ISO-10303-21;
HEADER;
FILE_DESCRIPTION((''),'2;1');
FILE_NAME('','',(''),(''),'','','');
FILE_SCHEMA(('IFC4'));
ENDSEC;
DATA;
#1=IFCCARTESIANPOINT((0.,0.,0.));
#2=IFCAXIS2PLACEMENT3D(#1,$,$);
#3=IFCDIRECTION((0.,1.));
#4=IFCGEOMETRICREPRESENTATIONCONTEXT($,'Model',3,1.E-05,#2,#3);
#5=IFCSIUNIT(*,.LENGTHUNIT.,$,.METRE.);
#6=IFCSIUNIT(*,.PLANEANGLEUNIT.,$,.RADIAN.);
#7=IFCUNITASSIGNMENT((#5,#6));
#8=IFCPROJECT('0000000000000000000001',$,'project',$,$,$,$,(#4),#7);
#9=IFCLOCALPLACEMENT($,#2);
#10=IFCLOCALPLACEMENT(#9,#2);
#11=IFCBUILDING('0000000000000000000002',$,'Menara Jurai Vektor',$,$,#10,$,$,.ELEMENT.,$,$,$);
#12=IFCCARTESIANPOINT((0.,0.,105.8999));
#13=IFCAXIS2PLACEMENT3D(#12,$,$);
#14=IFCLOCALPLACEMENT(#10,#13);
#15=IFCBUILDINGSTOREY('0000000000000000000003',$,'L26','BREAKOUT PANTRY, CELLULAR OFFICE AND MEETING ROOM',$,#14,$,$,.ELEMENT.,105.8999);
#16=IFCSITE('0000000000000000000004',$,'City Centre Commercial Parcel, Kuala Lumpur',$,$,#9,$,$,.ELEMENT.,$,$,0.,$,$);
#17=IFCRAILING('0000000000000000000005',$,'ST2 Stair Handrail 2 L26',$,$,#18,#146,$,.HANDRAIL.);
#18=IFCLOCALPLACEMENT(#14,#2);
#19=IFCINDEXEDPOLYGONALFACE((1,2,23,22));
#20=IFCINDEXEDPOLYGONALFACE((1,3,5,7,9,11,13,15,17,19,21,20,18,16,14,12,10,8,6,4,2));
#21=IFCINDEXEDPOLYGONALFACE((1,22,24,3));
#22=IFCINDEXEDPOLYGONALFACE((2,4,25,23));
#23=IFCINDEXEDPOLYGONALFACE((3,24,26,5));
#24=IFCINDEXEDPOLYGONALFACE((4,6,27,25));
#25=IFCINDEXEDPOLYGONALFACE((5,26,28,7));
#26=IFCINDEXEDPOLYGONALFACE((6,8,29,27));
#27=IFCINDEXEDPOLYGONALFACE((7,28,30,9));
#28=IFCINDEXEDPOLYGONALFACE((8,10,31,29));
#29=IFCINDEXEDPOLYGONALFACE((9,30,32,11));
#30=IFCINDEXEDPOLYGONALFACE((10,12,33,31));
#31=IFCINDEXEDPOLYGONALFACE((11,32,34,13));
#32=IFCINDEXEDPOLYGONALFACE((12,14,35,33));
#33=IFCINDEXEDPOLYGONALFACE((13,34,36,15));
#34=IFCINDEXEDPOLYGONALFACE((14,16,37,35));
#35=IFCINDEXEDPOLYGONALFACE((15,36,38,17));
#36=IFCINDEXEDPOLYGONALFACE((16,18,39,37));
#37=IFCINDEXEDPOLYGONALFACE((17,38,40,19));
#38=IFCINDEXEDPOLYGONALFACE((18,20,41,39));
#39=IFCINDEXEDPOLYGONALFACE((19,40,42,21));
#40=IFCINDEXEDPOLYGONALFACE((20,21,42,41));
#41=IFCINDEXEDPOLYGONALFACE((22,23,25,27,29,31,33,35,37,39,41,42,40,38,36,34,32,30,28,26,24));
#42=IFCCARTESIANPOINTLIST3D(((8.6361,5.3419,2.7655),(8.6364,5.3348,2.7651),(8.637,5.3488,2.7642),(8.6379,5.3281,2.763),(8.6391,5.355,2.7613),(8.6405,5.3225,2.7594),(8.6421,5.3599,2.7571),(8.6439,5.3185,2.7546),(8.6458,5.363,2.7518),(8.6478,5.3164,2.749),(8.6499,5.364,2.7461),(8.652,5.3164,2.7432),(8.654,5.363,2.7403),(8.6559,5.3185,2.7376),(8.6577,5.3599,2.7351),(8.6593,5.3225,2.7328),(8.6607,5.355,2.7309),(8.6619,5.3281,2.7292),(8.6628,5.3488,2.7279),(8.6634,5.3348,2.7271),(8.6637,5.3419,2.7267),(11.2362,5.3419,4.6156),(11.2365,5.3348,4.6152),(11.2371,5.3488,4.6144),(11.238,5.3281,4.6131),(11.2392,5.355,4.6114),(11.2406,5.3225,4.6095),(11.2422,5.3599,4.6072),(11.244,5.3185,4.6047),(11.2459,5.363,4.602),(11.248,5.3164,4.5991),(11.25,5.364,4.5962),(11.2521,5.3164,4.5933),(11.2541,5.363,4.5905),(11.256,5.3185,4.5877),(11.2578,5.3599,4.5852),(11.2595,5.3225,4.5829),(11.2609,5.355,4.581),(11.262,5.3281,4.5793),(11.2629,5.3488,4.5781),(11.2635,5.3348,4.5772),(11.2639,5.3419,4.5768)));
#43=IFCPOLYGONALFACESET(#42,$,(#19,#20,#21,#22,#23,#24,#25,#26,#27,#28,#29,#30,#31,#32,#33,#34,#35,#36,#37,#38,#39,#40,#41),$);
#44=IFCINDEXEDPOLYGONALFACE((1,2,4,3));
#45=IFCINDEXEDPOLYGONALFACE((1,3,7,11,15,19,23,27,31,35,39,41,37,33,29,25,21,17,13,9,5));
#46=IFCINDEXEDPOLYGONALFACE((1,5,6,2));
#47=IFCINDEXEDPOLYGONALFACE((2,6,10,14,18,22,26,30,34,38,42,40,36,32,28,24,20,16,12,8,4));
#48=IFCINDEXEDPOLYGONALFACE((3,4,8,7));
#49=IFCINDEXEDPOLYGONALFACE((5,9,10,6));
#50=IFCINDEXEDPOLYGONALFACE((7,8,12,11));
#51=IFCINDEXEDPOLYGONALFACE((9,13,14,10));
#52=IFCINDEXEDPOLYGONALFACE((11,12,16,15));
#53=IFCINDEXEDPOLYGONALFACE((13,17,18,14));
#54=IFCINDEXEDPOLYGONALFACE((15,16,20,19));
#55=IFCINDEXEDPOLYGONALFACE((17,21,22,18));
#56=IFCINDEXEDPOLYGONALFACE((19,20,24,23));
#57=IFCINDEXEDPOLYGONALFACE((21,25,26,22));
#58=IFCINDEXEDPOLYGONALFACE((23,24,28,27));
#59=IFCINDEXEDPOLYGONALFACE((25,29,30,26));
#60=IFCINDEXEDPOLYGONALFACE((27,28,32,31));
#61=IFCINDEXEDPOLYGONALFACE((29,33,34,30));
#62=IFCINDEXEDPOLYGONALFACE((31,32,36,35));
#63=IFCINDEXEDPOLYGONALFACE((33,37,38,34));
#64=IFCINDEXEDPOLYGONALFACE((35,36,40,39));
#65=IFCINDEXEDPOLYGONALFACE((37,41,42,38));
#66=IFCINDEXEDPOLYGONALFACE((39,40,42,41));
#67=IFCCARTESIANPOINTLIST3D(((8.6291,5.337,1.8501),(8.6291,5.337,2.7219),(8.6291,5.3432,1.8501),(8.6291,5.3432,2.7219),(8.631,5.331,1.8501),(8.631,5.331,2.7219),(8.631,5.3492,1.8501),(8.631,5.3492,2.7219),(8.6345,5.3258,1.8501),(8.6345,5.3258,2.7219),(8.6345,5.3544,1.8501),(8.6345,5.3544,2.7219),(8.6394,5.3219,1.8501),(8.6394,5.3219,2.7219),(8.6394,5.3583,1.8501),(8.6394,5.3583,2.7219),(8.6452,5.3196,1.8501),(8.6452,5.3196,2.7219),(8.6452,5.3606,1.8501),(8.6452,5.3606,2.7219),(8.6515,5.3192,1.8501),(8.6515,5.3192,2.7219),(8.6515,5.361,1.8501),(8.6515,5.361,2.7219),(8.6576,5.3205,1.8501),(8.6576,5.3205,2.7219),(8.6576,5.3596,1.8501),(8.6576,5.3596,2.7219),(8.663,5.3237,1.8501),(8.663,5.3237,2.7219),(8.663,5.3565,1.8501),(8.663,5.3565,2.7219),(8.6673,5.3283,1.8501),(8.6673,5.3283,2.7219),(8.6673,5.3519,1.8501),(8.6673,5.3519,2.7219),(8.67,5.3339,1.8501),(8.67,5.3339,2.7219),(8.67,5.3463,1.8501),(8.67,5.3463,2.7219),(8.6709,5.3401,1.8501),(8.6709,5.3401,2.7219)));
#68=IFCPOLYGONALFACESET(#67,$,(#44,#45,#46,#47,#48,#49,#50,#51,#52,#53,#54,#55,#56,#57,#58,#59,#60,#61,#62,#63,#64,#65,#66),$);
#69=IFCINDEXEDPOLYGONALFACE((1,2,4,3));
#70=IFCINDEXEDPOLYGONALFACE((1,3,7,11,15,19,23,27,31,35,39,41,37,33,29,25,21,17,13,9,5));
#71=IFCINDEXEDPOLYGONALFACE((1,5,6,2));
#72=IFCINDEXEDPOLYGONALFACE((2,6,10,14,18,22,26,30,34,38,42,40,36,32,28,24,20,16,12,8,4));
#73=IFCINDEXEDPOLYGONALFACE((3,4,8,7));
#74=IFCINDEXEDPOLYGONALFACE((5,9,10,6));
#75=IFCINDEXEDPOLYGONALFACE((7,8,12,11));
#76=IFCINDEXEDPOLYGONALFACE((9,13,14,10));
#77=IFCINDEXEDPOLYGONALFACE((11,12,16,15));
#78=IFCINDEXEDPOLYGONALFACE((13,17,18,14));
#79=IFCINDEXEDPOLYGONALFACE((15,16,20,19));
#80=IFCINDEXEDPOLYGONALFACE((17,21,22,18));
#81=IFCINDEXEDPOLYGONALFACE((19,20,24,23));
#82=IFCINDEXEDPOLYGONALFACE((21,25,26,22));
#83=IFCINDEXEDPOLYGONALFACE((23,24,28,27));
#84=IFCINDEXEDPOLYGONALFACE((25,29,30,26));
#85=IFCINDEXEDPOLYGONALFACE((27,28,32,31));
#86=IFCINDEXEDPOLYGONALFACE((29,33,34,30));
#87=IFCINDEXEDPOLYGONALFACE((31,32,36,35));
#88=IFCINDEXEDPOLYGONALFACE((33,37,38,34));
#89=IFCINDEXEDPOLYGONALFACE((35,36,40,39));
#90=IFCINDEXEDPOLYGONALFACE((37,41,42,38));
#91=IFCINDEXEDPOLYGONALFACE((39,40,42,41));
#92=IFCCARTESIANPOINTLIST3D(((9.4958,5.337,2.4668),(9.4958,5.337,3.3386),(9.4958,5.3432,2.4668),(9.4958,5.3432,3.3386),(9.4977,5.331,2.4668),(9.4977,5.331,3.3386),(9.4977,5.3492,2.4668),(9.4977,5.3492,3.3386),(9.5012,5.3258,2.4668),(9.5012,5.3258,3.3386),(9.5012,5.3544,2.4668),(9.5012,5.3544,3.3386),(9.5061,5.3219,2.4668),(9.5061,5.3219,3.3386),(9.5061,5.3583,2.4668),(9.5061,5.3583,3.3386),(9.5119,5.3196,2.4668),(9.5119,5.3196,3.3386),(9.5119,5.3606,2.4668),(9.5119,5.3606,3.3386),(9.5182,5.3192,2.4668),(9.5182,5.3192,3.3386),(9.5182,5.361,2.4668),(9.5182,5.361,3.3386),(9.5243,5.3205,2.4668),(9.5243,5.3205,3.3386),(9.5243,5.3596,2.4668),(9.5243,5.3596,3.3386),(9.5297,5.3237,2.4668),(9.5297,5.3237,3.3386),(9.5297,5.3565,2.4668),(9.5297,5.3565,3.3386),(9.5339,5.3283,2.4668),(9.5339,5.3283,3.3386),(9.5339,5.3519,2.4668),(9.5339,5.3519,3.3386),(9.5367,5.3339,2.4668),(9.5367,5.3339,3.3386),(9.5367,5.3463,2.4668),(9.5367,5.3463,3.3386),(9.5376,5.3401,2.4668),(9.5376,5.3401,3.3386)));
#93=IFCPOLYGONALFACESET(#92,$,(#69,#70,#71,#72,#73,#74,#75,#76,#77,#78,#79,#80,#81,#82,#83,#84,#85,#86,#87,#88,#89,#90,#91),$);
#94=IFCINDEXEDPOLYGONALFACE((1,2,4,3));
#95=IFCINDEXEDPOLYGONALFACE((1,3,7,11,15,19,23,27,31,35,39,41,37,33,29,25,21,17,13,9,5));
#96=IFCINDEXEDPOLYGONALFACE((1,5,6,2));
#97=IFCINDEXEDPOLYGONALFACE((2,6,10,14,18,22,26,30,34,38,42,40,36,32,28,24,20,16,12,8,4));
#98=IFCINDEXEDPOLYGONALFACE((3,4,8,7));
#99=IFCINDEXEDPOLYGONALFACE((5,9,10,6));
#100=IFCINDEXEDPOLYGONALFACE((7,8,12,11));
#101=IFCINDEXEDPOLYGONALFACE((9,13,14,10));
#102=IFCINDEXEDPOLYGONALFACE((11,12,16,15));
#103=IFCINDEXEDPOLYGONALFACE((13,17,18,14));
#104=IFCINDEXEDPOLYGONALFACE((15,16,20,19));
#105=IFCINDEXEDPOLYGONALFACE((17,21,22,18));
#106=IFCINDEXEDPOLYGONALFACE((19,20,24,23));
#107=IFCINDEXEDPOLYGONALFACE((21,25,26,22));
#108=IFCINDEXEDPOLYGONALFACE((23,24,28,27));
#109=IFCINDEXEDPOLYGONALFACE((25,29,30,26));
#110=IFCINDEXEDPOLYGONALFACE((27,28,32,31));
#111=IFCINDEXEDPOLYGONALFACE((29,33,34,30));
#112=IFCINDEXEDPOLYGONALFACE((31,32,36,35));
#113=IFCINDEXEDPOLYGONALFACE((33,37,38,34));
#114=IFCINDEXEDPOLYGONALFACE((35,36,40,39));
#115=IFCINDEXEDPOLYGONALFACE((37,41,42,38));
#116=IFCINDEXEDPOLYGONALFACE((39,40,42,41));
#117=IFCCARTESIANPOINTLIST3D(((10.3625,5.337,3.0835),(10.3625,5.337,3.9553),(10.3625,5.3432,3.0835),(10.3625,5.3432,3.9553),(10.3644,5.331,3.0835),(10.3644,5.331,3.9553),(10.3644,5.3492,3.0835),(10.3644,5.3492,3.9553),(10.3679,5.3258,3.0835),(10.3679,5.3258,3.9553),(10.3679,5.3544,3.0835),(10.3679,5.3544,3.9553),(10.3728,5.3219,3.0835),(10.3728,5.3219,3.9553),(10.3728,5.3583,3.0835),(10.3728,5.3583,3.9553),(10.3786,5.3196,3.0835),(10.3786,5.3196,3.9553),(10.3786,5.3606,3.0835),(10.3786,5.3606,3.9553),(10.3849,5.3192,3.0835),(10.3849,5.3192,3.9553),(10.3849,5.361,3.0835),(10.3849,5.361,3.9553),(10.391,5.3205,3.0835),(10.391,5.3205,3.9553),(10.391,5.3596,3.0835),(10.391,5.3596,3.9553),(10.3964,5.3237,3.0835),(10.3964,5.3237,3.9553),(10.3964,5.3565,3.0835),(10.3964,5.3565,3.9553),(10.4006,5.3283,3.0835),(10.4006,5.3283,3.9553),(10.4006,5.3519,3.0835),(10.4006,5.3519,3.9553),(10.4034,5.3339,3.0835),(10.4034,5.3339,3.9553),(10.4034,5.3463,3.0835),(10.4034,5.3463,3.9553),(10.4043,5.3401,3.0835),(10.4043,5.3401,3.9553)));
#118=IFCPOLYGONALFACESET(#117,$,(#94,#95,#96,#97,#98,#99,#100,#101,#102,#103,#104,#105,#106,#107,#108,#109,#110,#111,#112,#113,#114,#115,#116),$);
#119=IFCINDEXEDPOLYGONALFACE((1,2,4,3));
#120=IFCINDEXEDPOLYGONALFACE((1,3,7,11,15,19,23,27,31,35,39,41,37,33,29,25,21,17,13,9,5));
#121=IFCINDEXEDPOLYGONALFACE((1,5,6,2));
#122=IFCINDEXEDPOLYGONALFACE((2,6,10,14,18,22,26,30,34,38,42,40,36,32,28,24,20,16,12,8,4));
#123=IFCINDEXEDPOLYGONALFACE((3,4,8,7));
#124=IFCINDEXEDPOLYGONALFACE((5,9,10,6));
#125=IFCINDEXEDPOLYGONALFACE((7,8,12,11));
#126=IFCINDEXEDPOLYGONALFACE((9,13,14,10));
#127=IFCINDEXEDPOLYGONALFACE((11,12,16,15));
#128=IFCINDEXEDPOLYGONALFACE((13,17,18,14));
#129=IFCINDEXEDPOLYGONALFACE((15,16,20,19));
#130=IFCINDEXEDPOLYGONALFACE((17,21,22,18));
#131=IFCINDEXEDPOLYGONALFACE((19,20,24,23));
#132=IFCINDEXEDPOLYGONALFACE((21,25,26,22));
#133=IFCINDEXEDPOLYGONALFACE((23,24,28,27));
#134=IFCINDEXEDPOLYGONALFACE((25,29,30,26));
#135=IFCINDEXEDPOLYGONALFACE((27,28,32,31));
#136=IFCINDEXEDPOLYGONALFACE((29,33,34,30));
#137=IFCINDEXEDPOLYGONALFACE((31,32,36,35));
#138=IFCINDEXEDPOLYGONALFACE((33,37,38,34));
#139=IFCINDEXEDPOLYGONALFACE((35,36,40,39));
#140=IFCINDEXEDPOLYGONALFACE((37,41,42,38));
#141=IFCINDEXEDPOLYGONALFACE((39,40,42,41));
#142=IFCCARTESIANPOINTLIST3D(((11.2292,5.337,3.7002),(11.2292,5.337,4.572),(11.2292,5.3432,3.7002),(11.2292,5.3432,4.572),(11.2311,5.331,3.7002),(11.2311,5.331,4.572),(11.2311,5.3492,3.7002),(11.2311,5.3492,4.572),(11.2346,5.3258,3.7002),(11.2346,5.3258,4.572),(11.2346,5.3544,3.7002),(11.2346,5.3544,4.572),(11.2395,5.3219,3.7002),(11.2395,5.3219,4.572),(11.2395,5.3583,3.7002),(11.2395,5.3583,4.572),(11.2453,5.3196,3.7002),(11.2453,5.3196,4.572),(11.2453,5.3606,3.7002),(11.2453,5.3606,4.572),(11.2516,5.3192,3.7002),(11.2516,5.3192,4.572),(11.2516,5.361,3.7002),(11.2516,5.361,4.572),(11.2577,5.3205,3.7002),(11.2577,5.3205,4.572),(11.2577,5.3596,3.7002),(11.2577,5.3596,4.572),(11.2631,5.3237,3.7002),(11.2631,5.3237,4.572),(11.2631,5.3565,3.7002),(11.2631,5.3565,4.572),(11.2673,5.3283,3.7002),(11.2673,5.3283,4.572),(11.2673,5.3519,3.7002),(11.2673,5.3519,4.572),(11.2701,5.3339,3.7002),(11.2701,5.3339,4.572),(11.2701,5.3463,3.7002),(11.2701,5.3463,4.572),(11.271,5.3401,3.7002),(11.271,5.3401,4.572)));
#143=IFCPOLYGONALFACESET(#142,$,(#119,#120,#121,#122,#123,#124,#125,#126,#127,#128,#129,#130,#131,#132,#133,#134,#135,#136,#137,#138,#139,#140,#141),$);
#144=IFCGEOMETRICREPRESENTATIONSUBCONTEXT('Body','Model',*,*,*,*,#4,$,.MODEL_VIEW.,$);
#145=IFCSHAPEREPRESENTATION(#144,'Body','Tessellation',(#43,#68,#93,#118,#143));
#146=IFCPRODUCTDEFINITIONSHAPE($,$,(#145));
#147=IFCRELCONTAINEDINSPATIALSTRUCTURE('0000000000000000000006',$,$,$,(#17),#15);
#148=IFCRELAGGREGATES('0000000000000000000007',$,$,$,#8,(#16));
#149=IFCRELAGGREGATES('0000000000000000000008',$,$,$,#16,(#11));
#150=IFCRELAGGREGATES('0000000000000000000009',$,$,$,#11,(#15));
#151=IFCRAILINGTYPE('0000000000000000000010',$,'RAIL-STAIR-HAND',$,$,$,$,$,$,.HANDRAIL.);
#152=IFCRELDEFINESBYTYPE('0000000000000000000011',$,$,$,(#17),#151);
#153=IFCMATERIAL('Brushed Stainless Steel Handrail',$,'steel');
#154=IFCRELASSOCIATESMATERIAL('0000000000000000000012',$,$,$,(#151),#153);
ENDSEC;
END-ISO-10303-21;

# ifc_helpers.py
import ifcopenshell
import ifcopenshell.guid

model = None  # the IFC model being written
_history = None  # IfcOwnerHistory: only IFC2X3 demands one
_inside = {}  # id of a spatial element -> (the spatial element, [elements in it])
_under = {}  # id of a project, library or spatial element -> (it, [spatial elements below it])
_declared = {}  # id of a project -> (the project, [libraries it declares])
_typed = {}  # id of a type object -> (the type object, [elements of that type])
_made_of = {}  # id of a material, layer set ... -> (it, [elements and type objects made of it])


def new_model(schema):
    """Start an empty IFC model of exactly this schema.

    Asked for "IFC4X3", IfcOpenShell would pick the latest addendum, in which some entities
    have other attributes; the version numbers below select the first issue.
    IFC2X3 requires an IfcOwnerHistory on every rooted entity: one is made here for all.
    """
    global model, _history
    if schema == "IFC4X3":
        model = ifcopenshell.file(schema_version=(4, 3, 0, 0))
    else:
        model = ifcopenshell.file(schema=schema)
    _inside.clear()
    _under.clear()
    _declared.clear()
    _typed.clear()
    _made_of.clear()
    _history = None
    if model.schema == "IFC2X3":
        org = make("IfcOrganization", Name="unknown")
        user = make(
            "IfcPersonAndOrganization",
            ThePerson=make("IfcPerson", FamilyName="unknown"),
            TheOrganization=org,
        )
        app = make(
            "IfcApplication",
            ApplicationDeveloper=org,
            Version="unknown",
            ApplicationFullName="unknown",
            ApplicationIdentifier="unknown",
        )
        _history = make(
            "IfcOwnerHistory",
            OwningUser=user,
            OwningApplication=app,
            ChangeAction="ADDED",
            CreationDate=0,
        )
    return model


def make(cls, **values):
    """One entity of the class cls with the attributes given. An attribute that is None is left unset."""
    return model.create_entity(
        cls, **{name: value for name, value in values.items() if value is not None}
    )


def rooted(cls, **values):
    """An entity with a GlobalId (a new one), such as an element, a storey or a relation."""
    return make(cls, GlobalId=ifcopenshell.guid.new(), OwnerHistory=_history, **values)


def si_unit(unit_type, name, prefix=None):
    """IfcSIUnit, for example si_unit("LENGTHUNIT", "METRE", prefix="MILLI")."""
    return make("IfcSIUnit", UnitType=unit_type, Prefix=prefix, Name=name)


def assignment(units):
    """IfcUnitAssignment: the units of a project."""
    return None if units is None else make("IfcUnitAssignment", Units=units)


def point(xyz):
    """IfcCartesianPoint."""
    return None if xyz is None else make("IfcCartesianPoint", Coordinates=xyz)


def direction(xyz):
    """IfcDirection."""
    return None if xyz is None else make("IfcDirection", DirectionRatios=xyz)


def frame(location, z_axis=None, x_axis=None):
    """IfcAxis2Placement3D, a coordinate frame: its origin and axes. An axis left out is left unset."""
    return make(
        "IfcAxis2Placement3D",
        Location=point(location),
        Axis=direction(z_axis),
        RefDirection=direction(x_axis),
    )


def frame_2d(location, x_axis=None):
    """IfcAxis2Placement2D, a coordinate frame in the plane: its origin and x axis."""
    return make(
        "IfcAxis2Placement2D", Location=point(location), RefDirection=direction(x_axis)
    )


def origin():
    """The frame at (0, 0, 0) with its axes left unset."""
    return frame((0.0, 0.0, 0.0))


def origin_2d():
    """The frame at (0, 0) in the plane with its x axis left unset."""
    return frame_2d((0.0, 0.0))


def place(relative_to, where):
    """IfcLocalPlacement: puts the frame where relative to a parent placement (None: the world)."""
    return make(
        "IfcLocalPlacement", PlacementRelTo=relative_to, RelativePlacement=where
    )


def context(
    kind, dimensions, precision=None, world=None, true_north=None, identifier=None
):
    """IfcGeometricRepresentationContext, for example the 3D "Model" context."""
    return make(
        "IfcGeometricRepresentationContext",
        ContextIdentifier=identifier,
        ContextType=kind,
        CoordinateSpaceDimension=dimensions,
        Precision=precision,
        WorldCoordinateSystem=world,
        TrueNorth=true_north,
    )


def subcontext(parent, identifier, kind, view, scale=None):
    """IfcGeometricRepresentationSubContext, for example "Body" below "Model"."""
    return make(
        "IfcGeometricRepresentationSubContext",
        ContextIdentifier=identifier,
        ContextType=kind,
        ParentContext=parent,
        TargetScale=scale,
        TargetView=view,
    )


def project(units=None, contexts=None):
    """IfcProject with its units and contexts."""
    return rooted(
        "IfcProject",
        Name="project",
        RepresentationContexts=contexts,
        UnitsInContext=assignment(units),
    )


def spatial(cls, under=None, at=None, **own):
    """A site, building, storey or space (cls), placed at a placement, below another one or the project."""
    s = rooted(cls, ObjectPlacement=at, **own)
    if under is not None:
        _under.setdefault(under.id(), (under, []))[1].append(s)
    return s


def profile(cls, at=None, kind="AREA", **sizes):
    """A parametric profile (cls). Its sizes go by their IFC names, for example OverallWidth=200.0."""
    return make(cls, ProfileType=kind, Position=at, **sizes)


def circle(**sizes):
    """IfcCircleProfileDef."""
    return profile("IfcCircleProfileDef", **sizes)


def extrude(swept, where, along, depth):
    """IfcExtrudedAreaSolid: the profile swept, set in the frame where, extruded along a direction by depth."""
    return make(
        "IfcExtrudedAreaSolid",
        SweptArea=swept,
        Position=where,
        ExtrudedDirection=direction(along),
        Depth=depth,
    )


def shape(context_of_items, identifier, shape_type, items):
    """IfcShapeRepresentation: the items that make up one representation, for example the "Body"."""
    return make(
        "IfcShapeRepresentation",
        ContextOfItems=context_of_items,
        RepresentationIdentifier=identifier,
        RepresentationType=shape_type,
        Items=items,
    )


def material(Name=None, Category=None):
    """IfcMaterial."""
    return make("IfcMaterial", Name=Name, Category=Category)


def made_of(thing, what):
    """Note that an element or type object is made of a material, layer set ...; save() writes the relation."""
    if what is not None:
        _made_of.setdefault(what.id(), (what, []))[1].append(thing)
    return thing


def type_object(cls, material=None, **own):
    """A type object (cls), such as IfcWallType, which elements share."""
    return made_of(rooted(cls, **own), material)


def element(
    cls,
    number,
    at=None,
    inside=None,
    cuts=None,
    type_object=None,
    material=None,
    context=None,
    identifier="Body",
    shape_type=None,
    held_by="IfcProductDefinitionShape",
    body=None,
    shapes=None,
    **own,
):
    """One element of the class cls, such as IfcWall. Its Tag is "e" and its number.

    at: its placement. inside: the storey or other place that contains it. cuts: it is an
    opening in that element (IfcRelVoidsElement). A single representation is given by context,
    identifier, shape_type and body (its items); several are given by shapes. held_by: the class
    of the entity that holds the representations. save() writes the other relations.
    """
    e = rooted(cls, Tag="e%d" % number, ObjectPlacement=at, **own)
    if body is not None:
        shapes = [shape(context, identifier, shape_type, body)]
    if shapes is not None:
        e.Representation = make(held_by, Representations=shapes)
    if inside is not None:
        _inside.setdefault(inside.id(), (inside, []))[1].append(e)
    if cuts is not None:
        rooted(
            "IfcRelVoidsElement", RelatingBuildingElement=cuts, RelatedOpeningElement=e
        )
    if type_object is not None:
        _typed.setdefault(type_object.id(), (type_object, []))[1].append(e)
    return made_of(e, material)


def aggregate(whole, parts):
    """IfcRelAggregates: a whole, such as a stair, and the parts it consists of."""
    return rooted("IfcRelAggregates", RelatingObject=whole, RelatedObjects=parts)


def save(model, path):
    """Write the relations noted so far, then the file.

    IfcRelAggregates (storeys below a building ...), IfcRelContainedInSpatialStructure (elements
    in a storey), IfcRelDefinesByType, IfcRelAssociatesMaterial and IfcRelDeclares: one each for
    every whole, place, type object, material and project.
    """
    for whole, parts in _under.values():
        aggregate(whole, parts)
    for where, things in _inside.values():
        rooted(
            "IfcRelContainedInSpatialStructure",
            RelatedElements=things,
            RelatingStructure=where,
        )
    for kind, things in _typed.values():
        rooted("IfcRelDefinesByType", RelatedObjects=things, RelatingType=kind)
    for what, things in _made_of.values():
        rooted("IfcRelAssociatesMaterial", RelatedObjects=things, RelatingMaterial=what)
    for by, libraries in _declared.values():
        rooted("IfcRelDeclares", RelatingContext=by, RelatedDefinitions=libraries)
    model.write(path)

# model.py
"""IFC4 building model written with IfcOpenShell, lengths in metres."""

from ifc_helpers import new_model, si_unit, direction, frame, origin, origin_2d, place, context, subcontext, project, spatial, circle, extrude, material, type_object, element, save


model = new_model("IFC4")

# Units and contexts
model_context = context("Model", 3, precision=1e-05, world=origin(), true_north=direction((0.0, 1.0)))
body_context = subcontext(model_context, "Body", "Model", "MODEL_VIEW")
ifc_project = project(units=[si_unit("LENGTHUNIT", "METRE"), si_unit("PLANEANGLEUNIT", "RADIAN")], contexts=[model_context])

# Site, building, storey
site_placement = place(None, origin())
site = spatial("IfcSite", under=ifc_project, at=site_placement, Name="City Centre Commercial Parcel, Kuala Lumpur", CompositionType="ELEMENT", RefElevation=0.0)
building_placement = place(site_placement, origin())
building = spatial("IfcBuilding", under=site, at=building_placement, Name="Menara Jurai Vektor", CompositionType="ELEMENT")
storey_placement = place(building_placement, frame((0.0, 0.0, 105.8999)))
storey = spatial("IfcBuildingStorey", under=building, at=storey_placement, Name="L26", Description="BREAKOUT PANTRY, CELLULAR OFFICE AND MEETING ROOM", CompositionType="ELEMENT", Elevation=105.8999)

# Railing
ifc_material_1 = material(Name="Brushed Stainless Steel Handrail", Category="steel")
railing_type_1 = type_object("IfcRailingType", Name="RAIL-STAIR-HAND", PredefinedType="HANDRAIL", material=ifc_material_1)
railing_1_placement = place(storey_placement, frame((8.6499, 5.3401, 1.8501)))
element("IfcRailing", 1, at=railing_1_placement, inside=storey, type_object=railing_type_1, Name="ST2 Stair Handrail 2 L26", PredefinedType="HANDRAIL", context=body_context, shape_type="SweptSolid", body=[
    extrude(circle(Radius=0.0239, at=origin_2d()), frame((0.0, 0.0, 0.896), z_axis=(0.814787, 0.0, 0.579761), x_axis=(0.0, 1.0, 0.0)), (0.0, 0.0, 1.0), 3.1912),
    extrude(circle(Radius=0.021, at=origin_2d()), origin(), (0.0, 0.0, 1.0), 0.8718),
    extrude(circle(Radius=0.021, at=origin_2d()), frame((0.8667, 0.0, 0.6167)), (0.0, 0.0, 1.0), 0.8718),
    extrude(circle(Radius=0.021, at=origin_2d()), frame((1.7334, 0.0, 1.2334)), (0.0, 0.0, 1.0), 0.8718),
    extrude(circle(Radius=0.021, at=origin_2d()), frame((2.6001, 0.0, 1.8501)), (0.0, 0.0, 1.0), 0.8718),
])

save(model, "model.ifc")
